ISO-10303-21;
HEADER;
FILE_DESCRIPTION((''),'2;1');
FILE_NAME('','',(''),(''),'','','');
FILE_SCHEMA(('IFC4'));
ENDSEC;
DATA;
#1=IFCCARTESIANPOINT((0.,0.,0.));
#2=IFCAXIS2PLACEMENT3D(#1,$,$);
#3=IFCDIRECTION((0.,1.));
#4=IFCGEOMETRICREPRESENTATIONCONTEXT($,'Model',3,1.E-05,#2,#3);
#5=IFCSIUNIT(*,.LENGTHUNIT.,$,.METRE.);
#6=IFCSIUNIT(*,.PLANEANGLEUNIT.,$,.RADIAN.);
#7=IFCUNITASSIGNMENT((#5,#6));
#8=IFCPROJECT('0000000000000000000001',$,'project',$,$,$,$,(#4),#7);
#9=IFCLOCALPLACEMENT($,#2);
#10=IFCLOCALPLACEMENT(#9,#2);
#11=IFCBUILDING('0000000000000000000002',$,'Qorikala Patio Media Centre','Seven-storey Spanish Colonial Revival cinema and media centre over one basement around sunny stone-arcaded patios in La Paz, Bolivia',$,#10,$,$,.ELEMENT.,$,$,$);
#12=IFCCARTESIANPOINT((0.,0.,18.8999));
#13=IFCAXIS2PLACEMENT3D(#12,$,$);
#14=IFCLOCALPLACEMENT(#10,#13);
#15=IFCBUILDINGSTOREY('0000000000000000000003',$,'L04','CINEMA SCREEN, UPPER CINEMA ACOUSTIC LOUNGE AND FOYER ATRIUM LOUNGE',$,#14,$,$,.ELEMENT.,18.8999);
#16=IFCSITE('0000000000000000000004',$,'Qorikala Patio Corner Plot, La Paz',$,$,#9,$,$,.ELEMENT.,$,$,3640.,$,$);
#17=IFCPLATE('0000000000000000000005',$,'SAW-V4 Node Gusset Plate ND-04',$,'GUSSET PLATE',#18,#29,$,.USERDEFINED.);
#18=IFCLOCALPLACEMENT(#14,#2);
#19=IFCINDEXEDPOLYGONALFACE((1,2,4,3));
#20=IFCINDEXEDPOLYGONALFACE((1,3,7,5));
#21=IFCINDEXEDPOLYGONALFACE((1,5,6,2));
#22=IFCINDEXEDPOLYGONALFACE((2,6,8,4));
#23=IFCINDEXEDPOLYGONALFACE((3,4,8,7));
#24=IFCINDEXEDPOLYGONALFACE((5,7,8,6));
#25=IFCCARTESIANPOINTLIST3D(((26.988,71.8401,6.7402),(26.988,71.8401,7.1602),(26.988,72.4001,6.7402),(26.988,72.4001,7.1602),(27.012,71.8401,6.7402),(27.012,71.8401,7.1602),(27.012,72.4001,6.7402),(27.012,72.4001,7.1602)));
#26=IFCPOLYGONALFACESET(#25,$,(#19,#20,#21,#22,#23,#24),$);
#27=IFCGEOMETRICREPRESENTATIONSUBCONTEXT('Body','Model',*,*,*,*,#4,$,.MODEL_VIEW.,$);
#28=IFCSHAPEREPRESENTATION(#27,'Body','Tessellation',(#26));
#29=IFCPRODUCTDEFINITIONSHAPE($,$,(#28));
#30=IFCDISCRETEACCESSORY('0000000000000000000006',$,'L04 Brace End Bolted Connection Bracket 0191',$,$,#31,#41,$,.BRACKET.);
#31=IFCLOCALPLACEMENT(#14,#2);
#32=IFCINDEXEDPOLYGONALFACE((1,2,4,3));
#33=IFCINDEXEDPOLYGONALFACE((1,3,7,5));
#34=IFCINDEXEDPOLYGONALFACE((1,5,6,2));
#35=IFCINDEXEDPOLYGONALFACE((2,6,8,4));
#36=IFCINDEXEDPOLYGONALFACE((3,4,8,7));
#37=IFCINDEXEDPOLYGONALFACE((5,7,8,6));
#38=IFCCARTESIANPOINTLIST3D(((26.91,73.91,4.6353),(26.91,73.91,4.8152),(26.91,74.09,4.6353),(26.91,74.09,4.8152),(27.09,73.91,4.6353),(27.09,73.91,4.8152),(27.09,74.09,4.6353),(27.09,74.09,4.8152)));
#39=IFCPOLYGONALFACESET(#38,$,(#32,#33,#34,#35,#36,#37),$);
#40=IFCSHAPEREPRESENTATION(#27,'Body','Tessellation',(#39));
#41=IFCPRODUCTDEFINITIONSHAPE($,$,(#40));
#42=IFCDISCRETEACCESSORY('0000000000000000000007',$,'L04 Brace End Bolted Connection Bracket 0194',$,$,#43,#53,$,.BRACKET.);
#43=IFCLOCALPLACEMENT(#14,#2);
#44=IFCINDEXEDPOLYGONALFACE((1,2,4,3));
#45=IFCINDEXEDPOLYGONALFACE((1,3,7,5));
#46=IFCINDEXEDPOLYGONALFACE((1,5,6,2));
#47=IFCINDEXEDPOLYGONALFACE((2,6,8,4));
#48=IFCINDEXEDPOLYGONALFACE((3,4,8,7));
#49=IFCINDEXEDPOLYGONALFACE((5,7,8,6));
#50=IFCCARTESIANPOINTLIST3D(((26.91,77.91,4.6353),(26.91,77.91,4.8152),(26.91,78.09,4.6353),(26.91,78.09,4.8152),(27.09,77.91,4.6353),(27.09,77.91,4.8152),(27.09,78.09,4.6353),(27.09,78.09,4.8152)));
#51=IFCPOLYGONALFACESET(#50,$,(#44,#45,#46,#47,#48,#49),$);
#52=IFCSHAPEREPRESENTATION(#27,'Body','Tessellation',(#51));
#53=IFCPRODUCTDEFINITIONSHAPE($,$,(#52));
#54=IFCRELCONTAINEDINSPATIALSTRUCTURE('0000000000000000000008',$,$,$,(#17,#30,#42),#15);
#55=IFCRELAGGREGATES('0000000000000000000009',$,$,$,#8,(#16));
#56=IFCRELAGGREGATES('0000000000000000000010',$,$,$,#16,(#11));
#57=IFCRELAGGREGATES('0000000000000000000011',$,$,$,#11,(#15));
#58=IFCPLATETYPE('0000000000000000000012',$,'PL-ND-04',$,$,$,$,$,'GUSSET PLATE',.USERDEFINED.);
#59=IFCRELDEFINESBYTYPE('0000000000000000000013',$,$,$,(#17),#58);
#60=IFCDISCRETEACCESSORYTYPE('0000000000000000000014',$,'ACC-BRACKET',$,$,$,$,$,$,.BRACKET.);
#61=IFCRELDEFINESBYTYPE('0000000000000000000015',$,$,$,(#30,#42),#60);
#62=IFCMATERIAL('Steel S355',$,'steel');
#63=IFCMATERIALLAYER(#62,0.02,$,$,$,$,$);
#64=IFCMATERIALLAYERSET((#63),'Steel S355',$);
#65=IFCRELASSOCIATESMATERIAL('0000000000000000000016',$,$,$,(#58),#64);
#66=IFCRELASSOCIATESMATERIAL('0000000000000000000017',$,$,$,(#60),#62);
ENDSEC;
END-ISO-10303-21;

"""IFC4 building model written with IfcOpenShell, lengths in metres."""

from ifc_helpers import new_model, si_unit, direction, frame, origin, origin_2d, place, context, subcontext, project, spatial, rectangle, extrude, material, layer, layer_set, type_object, element, save


model = new_model("IFC4")

# Units and contexts
model_context = context("Model", 3, precision=1e-05, world=origin(), true_north=direction((0.0, 1.0)))
body_context = subcontext(model_context, "Body", "Model", "MODEL_VIEW")
ifc_project = project(units=[si_unit("LENGTHUNIT", "METRE"), si_unit("PLANEANGLEUNIT", "RADIAN")], contexts=[model_context])

# Site, building, storey
site_placement = place(None, origin())
site = spatial("IfcSite", under=ifc_project, at=site_placement, Name="Qorikala Patio Corner Plot, La Paz", CompositionType="ELEMENT", RefElevation=3640.0)
building_placement = place(site_placement, origin())
building = spatial("IfcBuilding", under=site, at=building_placement, Name="Qorikala Patio Media Centre", Description="Seven-storey Spanish Colonial Revival cinema and media centre over one basement around sunny stone-arcaded patios in La Paz, Bolivia", CompositionType="ELEMENT")
storey_placement = place(building_placement, frame((0.0, 0.0, 18.8999)))
storey = spatial("IfcBuildingStorey", under=building, at=storey_placement, Name="L04", Description="CINEMA SCREEN, UPPER CINEMA ACOUSTIC LOUNGE AND FOYER ATRIUM LOUNGE", CompositionType="ELEMENT", Elevation=18.8999)

# Shared definitions
ifc_material_1 = material(Name="Steel S355", Category="steel")

# Plate
ifc_layer_1 = layer(ifc_material_1, 0.02)
ifc_layer_set_1 = layer_set([ifc_layer_1], Name="Steel S355")
plate_type_1 = type_object("IfcPlateType", Name="PL-ND-04", ElementType="GUSSET PLATE", PredefinedType="USERDEFINED", material=ifc_layer_set_1)
plate_1_placement = place(storey_placement, frame((27.0, 72.1201, 6.7402), z_axis=(0.0, 0.0, 1.0), x_axis=(1.0, 0.0, 0.0)))
element("IfcPlate", 1, at=plate_1_placement, inside=storey, type_object=plate_type_1, Name="SAW-V4 Node Gusset Plate ND-04", ObjectType="GUSSET PLATE", PredefinedType="USERDEFINED", context=body_context, shape_type="SweptSolid", body=[
    extrude(rectangle(XDim=0.0239, YDim=0.5601, at=origin_2d()), origin(), (0.0, 0.0, 1.0), 0.4199),
])

# Discrete accessories
discrete_accessory_type = type_object("IfcDiscreteAccessoryType", Name="ACC-BRACKET", PredefinedType="BRACKET", material=ifc_material_1)
for number, where, z_axis, x_axis, name in (
    (2, (27.0, 74.0, 4.6353), (0.0, 0.0, 1.0), (1.0, 0.0, 0.0), "L04 Brace End Bolted Connection Bracket 0191"),
    (3, (27.0, 78.0, 4.6353), (0.0, 0.0, 1.0), (1.0, 0.0, 0.0), "L04 Brace End Bolted Connection Bracket 0194"),
):
    element("IfcDiscreteAccessory", number, at=place(storey_placement, frame(where, z_axis=z_axis, x_axis=x_axis)), inside=storey, type_object=discrete_accessory_type, Name=name, PredefinedType="BRACKET", context=body_context, shape_type="SweptSolid", body=[
        extrude(rectangle(XDim=0.1799, YDim=0.1799, at=origin_2d()), origin(), (0.0, 0.0, 1.0), 0.1799),
    ])

save(model, "model.ifc")
